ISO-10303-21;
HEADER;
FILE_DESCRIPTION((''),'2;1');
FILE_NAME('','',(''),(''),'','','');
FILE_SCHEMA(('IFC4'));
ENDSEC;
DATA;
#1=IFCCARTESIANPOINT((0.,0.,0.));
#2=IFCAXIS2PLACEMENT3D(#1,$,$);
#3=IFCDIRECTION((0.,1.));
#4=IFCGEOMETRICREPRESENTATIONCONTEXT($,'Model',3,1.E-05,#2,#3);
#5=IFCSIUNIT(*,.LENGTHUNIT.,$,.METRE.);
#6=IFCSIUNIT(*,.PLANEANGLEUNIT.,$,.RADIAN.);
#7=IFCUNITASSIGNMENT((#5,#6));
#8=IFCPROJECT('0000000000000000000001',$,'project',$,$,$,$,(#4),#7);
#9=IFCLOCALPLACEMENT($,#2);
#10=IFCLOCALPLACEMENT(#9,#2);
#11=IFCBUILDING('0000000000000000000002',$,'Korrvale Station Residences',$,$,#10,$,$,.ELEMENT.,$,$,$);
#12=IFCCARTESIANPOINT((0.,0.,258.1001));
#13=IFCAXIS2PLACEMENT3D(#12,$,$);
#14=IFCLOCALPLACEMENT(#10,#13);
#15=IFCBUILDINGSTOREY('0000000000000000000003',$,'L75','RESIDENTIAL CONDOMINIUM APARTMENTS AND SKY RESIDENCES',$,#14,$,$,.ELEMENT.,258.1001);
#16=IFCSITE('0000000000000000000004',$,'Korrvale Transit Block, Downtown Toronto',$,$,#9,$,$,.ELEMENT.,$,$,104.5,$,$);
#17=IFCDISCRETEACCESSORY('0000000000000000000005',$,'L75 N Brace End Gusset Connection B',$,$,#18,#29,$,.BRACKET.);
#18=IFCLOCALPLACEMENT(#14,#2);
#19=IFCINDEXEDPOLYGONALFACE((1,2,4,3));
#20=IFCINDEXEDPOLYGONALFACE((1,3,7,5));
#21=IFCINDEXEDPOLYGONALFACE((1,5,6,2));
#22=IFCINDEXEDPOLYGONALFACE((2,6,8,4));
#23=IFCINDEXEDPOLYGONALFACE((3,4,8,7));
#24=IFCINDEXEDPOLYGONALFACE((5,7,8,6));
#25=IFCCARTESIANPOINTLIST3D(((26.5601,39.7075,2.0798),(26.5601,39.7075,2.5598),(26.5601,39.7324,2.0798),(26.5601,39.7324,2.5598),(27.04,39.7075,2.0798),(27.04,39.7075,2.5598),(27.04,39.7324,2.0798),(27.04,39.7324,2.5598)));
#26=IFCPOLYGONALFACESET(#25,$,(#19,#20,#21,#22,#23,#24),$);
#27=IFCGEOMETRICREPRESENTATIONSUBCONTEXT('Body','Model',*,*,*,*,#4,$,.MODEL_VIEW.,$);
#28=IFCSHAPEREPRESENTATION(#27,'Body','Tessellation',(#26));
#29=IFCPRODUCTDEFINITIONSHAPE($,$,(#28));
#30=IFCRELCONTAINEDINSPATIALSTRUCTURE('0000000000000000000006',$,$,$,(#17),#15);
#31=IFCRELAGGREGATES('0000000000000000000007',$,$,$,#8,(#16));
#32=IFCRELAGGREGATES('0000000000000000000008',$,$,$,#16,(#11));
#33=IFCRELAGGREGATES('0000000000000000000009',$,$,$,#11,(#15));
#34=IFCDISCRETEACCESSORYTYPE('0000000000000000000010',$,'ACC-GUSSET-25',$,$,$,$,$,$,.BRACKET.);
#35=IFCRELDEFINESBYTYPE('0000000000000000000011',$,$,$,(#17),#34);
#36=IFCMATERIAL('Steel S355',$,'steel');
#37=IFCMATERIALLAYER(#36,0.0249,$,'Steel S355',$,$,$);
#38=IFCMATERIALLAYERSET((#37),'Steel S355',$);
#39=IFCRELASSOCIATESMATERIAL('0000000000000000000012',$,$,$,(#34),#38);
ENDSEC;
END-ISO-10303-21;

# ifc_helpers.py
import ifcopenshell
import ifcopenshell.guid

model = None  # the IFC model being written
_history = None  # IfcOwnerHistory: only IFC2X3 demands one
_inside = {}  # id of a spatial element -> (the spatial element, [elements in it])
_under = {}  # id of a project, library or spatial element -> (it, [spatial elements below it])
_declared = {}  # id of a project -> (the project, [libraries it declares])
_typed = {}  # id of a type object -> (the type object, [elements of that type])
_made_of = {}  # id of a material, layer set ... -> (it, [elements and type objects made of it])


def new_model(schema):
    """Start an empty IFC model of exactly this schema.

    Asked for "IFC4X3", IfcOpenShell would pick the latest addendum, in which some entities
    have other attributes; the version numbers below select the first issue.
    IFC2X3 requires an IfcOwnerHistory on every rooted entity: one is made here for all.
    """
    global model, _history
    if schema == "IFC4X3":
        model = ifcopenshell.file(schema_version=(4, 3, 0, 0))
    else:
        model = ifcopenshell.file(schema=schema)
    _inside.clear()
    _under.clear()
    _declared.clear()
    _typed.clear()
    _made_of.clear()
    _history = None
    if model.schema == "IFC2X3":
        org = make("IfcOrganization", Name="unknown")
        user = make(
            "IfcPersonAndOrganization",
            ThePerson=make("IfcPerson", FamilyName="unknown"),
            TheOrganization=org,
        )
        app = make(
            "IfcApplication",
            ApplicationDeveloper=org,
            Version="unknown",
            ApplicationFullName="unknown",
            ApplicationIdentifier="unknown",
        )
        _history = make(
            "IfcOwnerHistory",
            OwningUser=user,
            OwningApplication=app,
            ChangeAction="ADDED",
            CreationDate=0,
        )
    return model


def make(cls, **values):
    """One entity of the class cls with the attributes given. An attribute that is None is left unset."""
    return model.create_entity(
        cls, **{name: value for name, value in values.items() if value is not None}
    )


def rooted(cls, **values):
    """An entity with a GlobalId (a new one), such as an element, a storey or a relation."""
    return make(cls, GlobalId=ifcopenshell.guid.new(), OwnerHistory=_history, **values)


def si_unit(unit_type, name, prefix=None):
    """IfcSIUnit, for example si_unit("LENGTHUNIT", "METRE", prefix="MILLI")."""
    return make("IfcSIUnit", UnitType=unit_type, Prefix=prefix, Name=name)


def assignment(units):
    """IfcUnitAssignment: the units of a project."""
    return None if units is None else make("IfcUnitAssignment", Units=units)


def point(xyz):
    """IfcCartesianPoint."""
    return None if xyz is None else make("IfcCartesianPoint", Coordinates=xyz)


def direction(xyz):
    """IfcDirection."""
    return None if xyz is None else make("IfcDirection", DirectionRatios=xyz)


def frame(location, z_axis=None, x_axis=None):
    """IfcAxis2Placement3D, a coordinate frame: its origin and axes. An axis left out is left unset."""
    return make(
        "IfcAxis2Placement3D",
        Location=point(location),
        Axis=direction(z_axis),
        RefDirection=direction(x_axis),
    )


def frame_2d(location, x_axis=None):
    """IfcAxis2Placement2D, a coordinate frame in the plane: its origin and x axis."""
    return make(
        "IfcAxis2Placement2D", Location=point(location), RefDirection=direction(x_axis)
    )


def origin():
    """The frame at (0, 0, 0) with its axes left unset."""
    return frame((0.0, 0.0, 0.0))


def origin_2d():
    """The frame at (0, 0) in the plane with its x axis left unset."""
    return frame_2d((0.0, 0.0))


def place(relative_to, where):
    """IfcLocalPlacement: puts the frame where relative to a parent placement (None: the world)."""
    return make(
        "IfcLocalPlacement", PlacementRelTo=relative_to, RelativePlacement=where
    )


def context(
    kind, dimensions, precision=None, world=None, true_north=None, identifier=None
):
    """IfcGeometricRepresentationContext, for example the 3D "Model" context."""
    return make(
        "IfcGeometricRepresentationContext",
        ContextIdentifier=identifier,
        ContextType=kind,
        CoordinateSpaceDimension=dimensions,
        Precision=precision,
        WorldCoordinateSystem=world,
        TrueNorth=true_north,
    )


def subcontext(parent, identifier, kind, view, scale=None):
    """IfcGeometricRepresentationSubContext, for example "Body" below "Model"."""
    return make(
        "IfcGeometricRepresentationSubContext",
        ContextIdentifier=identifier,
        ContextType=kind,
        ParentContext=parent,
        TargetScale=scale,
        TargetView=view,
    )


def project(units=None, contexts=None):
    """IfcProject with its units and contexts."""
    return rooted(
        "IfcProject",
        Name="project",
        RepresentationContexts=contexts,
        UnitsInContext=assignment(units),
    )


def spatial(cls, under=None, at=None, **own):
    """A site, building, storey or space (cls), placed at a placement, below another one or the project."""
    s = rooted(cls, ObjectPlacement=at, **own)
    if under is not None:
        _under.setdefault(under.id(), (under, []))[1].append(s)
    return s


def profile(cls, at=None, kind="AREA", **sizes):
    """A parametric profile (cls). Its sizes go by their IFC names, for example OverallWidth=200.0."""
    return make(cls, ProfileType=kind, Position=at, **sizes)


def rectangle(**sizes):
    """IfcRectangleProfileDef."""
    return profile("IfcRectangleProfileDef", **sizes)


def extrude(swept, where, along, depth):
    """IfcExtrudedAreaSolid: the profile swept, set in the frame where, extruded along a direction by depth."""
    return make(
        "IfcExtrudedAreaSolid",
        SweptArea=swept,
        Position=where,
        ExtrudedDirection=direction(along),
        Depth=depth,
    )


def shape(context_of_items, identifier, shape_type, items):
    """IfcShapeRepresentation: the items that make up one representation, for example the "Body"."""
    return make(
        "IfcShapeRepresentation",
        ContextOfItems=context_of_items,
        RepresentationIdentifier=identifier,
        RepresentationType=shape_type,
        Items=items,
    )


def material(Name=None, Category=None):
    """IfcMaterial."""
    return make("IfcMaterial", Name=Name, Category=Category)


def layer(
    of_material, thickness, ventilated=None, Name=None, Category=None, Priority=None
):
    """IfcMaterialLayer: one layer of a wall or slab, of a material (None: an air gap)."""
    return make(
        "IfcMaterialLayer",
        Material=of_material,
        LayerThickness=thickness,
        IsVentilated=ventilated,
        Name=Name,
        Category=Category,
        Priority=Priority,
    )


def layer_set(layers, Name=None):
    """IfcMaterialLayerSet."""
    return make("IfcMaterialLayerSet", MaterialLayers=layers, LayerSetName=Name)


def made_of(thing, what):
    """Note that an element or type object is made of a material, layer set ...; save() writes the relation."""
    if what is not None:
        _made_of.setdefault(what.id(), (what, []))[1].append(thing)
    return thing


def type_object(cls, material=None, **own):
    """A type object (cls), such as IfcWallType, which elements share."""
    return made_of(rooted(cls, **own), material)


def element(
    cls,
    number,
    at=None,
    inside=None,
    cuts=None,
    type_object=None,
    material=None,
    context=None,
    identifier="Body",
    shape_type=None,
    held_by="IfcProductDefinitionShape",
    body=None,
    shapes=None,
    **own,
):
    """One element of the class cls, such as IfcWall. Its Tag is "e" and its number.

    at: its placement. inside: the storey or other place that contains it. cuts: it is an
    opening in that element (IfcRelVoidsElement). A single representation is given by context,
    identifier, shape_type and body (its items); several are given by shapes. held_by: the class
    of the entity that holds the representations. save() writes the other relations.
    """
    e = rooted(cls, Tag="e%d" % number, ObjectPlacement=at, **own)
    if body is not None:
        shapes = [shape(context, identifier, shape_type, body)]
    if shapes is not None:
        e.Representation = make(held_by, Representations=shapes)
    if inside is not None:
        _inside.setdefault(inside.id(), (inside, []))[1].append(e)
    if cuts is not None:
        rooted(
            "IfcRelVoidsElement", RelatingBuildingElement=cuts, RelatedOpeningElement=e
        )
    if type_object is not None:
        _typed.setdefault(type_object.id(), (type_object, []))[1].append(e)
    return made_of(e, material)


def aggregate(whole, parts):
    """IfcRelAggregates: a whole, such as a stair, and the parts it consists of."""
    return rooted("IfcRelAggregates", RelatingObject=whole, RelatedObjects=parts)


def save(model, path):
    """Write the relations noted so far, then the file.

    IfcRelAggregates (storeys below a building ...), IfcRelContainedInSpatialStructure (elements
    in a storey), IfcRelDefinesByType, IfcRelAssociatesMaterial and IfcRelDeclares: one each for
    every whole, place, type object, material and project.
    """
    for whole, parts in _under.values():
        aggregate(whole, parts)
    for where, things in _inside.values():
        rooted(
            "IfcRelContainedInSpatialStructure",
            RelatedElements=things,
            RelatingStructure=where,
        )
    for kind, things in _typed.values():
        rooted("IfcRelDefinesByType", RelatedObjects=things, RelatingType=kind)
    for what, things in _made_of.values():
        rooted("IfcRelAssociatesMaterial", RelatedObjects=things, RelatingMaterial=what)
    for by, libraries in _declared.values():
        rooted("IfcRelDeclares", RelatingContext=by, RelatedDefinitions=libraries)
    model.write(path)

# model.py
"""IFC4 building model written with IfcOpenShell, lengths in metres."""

from ifc_helpers import new_model, si_unit, direction, frame, origin, origin_2d, place, context, subcontext, project, spatial, rectangle, extrude, material, layer, layer_set, type_object, element, save


model = new_model("IFC4")

# Units and contexts
model_context = context("Model", 3, precision=1e-05, world=origin(), true_north=direction((0.0, 1.0)))
body_context = subcontext(model_context, "Body", "Model", "MODEL_VIEW")
ifc_project = project(units=[si_unit("LENGTHUNIT", "METRE"), si_unit("PLANEANGLEUNIT", "RADIAN")], contexts=[model_context])

# Site, building, storey
site_placement = place(None, origin())
site = spatial("IfcSite", under=ifc_project, at=site_placement, Name="Korrvale Transit Block, Downtown Toronto", CompositionType="ELEMENT", RefElevation=104.5)
building_placement = place(site_placement, origin())
building = spatial("IfcBuilding", under=site, at=building_placement, Name="Korrvale Station Residences", CompositionType="ELEMENT")
storey_placement = place(building_placement, frame((0.0, 0.0, 258.1001)))
storey = spatial("IfcBuildingStorey", under=building, at=storey_placement, Name="L75", Description="RESIDENTIAL CONDOMINIUM APARTMENTS AND SKY RESIDENCES", CompositionType="ELEMENT", Elevation=258.1001)

# Shared definitions
ifc_material_1 = material(Name="Steel S355", Category="steel")

# Discrete accessory
ifc_layer_1 = layer(ifc_material_1, 0.0249, Name="Steel S355")
ifc_layer_set_1 = layer_set([ifc_layer_1], Name="Steel S355")
discrete_accessory_type = type_object("IfcDiscreteAccessoryType", Name="ACC-GUSSET-25", PredefinedType="BRACKET", material=ifc_layer_set_1)
for number, where, z_axis, x_axis, name in (
    (1, (26.8, 39.72, 2.0798), (0.0, 0.0, 1.0), (1.0, 0.0, 0.0), "L75 N Brace End Gusset Connection B"),
):
    element("IfcDiscreteAccessory", number, at=place(storey_placement, frame(where, z_axis=z_axis, x_axis=x_axis)), inside=storey, type_object=discrete_accessory_type, Name=name, PredefinedType="BRACKET", context=body_context, shape_type="SweptSolid", body=[
        extrude(rectangle(XDim=0.48, YDim=0.0249, at=origin_2d()), origin(), (0.0, 0.0, 1.0), 0.48),
    ])

save(model, "model.ifc")
